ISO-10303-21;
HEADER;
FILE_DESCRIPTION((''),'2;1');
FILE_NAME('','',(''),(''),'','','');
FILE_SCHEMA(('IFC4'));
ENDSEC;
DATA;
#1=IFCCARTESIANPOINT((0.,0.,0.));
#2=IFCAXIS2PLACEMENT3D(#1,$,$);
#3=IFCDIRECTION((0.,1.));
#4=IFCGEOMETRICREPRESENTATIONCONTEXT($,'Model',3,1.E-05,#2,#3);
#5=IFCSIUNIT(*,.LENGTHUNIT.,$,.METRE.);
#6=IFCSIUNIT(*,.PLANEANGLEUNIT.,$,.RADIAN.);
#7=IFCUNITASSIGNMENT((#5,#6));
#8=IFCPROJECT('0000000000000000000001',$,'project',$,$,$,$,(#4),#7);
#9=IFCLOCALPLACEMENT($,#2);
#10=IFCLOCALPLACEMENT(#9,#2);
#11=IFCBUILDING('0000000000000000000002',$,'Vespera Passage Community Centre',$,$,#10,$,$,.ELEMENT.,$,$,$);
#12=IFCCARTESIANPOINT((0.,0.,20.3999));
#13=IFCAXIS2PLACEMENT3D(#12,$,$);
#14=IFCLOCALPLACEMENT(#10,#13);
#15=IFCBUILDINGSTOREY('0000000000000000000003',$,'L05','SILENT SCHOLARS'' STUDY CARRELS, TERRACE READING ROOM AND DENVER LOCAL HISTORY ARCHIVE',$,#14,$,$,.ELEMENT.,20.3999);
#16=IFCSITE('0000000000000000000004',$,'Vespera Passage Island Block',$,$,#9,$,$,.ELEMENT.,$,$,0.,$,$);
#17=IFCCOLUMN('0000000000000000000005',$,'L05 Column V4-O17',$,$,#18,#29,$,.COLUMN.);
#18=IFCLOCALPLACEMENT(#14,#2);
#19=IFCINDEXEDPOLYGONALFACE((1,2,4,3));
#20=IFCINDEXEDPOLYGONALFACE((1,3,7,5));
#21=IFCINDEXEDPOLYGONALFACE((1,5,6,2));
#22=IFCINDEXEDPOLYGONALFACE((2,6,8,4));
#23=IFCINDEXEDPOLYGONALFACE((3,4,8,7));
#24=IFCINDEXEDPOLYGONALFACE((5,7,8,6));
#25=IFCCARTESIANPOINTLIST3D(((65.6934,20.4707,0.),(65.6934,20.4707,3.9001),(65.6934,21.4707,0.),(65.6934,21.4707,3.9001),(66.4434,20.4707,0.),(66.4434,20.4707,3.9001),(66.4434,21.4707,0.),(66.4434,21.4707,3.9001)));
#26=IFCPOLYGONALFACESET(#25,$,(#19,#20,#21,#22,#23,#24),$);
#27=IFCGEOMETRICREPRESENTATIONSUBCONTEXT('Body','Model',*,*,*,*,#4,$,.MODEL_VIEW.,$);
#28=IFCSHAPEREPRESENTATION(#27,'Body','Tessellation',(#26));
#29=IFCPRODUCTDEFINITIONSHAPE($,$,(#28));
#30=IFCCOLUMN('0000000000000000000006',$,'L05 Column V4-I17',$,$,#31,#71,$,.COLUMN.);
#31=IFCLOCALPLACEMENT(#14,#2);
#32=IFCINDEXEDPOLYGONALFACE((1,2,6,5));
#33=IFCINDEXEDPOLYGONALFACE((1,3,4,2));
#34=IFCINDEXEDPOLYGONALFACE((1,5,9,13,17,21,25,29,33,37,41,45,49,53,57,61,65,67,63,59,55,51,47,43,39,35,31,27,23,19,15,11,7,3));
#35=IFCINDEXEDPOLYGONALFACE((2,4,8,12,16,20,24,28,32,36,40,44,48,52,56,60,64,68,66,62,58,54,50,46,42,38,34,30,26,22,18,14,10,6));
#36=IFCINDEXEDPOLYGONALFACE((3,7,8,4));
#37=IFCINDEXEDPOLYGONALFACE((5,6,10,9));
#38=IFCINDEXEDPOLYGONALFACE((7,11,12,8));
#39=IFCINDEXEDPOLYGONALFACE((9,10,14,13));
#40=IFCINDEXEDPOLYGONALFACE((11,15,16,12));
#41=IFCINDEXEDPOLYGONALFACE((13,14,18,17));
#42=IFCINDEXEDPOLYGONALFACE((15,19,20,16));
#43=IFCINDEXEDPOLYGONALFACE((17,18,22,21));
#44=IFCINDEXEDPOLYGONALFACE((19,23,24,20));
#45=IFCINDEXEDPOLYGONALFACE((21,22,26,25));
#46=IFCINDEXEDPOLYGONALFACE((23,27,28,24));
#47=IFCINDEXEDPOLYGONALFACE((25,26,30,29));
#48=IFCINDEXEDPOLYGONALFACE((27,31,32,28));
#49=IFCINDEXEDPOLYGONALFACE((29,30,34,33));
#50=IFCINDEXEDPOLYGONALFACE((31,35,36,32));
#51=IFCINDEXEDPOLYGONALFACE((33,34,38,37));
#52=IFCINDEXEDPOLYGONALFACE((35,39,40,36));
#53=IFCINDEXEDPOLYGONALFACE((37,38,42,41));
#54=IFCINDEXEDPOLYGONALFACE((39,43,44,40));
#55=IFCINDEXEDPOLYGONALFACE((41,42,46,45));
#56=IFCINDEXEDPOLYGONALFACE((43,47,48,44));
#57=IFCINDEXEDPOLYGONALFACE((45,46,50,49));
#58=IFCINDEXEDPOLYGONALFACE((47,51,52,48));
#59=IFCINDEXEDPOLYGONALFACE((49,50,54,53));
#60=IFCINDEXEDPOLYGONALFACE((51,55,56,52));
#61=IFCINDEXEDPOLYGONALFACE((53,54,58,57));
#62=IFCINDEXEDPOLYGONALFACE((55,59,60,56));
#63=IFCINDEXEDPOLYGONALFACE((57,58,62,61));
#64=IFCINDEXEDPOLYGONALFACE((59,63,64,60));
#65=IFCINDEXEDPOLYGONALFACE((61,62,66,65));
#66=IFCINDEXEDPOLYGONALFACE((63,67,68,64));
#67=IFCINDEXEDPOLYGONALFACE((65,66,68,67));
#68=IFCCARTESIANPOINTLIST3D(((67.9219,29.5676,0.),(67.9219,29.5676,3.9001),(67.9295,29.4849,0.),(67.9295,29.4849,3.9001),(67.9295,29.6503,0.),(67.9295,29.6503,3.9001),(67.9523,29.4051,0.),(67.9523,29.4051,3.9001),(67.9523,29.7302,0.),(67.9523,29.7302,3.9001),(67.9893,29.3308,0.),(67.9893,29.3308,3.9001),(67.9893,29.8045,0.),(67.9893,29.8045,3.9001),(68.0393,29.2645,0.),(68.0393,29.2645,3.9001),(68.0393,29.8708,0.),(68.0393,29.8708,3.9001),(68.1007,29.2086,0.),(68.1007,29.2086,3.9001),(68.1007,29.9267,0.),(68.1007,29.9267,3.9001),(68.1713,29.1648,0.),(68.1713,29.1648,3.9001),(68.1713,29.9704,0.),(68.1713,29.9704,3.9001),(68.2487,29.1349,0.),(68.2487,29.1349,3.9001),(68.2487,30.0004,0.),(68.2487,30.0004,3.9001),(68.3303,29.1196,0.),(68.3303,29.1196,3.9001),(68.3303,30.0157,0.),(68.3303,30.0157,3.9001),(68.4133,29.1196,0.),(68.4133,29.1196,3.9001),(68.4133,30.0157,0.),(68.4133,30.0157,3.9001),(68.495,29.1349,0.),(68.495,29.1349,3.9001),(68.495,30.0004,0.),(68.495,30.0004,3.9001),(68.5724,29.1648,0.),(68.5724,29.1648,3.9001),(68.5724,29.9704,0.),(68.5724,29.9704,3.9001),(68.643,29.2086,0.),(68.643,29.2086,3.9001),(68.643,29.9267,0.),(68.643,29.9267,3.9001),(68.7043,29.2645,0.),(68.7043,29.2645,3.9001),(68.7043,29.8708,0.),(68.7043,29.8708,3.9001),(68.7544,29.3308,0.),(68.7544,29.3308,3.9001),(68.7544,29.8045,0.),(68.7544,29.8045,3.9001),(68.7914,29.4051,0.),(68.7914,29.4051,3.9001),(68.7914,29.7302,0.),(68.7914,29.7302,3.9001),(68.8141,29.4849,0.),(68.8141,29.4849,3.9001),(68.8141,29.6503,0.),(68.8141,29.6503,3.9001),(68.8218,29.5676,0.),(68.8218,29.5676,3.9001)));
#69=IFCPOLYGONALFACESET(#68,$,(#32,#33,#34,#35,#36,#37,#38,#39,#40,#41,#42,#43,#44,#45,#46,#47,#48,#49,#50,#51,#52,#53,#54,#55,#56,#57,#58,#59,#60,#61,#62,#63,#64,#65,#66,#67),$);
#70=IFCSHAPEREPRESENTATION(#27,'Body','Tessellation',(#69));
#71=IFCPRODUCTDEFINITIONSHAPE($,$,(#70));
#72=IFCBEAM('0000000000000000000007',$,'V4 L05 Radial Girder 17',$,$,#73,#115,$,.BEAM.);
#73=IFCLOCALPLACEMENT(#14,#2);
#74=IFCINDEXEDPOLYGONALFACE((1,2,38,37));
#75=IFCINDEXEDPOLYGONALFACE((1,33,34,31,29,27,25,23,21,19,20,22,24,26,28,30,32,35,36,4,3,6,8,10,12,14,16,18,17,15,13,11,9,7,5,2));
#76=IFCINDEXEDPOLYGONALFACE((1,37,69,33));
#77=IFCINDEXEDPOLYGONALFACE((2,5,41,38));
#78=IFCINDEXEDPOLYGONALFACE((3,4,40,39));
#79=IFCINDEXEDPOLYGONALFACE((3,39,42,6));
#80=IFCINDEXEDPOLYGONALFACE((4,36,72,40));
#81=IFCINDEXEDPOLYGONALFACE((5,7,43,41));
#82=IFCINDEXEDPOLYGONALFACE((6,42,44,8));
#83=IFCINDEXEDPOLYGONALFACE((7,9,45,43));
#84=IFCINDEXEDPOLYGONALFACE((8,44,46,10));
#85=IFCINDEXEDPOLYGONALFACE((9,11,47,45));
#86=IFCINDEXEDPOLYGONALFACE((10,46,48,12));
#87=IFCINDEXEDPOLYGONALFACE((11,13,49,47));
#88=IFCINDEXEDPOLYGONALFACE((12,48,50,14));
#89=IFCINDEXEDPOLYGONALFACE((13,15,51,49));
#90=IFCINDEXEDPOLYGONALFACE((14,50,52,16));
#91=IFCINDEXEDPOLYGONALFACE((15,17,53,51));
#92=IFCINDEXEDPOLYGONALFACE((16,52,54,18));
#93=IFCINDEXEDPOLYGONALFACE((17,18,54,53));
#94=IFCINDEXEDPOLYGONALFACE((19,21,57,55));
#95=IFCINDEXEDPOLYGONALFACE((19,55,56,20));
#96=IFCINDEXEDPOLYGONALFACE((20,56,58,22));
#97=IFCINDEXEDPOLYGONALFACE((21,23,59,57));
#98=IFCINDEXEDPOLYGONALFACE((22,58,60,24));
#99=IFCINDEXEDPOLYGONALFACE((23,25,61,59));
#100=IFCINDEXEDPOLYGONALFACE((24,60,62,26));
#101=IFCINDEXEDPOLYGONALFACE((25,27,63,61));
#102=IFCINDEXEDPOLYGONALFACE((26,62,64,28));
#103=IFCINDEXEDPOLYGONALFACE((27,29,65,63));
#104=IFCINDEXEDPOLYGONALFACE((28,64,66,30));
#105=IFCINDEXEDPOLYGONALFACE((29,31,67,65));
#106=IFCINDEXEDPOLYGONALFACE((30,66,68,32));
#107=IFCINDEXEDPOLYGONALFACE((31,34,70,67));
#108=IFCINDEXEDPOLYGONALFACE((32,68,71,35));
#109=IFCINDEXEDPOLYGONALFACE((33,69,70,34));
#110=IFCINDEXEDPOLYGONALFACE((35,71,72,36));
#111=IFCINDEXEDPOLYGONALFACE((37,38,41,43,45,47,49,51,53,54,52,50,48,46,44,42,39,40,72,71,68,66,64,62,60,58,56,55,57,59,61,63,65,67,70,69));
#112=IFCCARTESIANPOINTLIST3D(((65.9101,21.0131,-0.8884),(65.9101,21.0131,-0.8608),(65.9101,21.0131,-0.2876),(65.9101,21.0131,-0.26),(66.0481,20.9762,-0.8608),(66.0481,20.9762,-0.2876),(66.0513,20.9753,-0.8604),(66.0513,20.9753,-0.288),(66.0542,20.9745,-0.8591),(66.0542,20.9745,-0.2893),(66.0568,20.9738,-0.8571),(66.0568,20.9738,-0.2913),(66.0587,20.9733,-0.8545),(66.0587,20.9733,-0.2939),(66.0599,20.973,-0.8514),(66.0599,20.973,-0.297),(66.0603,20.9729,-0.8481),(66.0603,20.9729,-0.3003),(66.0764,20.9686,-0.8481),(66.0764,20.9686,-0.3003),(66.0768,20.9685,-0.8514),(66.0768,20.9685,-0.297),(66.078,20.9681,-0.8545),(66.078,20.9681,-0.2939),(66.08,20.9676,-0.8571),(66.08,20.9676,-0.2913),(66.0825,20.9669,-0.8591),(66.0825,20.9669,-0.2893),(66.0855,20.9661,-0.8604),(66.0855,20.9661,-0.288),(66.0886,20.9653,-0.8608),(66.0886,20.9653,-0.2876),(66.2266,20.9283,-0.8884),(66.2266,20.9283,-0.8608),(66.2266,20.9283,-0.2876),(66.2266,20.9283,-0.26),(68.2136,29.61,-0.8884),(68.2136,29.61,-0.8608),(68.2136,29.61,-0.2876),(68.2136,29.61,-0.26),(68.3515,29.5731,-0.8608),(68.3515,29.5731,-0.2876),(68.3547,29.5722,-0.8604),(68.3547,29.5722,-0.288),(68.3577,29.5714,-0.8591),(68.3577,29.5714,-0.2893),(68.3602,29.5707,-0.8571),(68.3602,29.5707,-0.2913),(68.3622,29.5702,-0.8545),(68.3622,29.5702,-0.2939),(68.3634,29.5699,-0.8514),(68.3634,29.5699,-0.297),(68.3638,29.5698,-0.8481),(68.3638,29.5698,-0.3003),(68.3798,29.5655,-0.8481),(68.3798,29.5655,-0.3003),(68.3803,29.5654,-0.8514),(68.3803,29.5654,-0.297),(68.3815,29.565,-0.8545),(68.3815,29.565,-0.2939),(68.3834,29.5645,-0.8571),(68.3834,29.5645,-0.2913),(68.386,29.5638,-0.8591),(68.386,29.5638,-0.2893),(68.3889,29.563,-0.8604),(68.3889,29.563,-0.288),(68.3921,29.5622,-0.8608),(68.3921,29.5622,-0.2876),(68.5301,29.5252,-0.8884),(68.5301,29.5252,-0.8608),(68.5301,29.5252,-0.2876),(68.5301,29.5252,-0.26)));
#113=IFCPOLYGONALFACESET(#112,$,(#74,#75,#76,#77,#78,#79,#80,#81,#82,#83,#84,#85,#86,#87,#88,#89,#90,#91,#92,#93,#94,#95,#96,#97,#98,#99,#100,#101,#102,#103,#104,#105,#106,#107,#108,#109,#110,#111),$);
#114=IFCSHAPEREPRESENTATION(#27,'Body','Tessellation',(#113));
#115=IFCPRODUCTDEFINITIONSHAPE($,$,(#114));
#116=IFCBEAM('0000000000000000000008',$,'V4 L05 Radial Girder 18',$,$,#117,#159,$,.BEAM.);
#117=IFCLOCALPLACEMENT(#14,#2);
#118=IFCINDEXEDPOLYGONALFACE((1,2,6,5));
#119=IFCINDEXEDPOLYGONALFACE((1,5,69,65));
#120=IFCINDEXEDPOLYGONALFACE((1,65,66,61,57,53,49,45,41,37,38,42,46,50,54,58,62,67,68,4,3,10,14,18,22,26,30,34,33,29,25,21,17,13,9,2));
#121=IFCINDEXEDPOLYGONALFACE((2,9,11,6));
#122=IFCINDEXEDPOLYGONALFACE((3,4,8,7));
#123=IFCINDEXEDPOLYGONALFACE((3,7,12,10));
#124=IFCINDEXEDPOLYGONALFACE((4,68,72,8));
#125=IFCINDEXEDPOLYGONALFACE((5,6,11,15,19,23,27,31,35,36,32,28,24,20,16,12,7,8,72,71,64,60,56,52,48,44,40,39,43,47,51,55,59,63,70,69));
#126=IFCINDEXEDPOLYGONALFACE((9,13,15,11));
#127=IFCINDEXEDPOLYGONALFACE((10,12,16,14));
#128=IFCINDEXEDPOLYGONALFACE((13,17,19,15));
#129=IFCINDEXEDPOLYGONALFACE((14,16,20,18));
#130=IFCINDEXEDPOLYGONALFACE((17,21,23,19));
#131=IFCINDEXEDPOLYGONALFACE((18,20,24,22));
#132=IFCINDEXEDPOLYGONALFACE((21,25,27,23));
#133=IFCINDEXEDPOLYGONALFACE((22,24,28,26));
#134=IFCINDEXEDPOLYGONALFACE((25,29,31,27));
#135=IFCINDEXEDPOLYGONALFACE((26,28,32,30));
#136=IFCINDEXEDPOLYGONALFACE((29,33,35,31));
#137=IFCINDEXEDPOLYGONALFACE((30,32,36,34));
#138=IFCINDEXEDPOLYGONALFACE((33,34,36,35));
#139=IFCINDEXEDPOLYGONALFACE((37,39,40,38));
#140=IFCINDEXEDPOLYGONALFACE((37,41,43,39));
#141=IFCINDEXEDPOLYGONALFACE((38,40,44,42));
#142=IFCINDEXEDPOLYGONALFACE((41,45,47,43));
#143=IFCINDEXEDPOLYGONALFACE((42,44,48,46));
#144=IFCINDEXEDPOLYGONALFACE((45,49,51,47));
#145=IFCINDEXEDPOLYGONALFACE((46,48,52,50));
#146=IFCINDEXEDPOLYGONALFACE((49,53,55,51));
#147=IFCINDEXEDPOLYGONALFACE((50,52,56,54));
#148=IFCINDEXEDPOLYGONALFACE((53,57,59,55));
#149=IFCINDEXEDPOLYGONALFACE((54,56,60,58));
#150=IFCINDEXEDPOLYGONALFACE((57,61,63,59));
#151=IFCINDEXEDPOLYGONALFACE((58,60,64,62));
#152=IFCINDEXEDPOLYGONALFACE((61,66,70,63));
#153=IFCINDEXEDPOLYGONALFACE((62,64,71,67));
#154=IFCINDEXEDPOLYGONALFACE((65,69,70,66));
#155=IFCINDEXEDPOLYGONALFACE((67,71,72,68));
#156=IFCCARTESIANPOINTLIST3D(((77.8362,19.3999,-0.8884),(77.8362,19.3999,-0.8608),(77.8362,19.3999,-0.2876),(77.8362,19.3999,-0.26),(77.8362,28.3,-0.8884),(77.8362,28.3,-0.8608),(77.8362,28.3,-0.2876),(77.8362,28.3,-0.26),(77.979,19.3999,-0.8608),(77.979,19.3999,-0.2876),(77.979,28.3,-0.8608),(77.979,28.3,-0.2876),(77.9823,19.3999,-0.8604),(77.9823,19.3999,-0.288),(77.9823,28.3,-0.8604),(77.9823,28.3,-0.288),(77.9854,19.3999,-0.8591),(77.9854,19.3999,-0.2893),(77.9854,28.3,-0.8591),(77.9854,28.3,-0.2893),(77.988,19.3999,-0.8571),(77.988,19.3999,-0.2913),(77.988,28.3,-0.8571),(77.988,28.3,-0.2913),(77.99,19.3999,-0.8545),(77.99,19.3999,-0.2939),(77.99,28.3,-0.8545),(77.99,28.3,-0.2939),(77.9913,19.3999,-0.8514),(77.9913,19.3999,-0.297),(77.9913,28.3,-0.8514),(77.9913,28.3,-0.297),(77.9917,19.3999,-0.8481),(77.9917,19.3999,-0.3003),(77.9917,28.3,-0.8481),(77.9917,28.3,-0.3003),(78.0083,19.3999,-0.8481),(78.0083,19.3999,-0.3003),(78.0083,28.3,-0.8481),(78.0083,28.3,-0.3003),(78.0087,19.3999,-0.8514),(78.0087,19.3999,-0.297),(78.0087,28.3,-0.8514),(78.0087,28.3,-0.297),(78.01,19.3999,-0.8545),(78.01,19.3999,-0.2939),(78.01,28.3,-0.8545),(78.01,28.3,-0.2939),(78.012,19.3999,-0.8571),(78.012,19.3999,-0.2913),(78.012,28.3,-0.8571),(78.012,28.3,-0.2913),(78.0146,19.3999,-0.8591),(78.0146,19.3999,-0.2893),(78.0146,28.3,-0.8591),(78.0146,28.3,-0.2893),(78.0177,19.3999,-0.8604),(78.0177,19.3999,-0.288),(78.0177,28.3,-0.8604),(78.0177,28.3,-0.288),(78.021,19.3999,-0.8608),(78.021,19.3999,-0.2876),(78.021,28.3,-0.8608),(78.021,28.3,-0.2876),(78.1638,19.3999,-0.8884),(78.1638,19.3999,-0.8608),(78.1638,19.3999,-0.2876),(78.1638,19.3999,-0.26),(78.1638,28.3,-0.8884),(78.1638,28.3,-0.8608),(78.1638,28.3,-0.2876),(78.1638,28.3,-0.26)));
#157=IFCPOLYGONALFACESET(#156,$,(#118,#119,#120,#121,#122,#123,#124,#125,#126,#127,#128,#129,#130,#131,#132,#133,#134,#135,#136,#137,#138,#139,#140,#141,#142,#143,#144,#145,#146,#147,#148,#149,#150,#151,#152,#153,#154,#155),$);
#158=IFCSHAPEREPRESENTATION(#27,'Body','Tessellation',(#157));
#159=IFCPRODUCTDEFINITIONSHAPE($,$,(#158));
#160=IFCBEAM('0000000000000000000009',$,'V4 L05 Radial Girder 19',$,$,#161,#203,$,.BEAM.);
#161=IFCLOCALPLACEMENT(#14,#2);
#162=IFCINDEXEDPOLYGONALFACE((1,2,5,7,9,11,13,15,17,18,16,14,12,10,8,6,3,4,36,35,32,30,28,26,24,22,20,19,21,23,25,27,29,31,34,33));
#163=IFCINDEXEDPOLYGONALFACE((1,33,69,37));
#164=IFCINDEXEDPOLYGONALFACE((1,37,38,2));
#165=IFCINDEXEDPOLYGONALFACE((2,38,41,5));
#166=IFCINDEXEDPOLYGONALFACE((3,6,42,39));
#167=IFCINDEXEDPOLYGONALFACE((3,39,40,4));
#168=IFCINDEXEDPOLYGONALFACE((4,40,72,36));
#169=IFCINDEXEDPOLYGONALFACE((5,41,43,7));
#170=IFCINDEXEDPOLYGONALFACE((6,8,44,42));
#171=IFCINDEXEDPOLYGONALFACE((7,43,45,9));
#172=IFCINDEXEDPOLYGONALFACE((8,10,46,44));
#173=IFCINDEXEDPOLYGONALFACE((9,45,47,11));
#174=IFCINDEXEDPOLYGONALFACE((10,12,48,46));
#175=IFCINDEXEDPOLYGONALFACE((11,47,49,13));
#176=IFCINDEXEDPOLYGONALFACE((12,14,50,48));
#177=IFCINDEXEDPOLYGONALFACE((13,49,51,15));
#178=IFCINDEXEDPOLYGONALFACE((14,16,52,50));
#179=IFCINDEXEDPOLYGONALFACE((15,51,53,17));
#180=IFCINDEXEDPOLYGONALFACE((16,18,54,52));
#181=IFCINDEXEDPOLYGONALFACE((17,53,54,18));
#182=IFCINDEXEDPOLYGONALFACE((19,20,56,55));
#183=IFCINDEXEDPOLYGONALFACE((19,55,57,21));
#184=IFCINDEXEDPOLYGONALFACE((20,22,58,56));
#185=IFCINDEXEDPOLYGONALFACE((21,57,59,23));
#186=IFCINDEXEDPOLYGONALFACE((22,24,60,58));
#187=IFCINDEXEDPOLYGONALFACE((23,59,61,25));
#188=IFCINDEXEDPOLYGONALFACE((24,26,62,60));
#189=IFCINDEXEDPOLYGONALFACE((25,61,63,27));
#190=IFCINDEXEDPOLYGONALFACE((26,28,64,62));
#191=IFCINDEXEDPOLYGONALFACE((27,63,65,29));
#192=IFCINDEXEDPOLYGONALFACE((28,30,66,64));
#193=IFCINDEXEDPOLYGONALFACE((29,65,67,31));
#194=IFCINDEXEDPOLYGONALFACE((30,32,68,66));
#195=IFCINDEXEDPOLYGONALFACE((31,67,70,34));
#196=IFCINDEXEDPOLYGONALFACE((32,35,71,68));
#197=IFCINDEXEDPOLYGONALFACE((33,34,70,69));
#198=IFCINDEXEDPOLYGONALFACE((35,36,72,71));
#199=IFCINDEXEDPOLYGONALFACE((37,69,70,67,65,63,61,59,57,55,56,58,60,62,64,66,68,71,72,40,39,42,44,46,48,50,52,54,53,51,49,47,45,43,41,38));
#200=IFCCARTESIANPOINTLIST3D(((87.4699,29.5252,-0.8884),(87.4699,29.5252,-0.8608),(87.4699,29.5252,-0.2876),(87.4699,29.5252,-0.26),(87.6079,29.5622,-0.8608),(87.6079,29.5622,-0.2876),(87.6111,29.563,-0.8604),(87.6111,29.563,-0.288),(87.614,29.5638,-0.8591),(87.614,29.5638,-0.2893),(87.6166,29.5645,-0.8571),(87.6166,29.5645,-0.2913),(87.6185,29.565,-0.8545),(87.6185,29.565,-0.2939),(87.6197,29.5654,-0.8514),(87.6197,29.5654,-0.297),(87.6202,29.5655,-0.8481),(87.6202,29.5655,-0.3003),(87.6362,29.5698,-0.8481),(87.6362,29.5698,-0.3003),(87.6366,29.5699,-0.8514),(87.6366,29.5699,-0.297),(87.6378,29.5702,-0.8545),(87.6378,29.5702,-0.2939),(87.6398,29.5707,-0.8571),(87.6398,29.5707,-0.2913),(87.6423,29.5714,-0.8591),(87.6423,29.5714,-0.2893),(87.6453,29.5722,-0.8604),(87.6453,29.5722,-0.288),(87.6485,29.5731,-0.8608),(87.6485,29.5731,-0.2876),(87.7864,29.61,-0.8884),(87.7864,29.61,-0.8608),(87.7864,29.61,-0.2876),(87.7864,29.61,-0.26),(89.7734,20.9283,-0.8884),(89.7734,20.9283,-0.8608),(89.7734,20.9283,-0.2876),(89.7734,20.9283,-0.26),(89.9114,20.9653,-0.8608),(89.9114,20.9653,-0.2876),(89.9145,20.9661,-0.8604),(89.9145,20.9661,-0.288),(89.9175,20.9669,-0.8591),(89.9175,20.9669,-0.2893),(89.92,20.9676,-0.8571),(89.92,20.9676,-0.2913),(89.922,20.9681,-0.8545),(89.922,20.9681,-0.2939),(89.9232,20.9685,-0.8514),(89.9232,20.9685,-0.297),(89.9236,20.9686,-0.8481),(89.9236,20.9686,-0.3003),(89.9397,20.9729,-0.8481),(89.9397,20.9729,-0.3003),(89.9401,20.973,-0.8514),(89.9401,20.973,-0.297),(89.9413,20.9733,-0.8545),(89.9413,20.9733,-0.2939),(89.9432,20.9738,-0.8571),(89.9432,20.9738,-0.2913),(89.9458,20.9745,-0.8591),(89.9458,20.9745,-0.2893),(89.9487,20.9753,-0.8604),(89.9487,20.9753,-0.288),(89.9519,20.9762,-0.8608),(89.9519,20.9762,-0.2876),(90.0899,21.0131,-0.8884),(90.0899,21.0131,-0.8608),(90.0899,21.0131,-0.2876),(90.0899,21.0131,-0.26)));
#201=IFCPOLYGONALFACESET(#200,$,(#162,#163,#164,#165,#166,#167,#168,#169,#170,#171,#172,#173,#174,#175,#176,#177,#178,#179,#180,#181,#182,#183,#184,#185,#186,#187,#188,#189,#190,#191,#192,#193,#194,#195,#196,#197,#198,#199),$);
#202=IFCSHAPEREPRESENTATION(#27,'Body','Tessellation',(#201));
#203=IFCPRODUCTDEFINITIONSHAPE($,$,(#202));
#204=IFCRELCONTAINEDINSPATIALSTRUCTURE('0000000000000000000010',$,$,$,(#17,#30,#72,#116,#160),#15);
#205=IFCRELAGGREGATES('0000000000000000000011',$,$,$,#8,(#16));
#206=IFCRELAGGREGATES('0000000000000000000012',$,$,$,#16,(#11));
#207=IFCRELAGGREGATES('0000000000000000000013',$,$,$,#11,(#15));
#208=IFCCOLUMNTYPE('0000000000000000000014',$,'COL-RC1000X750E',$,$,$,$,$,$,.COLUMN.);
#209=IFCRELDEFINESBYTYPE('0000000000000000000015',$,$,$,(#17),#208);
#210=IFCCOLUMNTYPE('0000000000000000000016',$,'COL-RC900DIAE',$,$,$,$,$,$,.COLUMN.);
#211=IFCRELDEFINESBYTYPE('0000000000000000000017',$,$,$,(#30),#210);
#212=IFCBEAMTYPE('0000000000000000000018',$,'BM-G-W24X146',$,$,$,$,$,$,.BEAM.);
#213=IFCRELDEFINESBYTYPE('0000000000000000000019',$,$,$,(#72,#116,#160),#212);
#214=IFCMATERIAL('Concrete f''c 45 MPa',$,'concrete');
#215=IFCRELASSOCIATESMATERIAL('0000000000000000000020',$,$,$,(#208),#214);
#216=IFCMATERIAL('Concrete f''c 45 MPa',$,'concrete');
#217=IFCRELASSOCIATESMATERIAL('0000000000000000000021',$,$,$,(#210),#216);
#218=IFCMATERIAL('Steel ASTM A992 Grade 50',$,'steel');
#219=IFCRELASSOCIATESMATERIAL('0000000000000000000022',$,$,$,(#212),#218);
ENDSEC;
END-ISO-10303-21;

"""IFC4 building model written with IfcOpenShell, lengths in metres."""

from ifc_helpers import new_model, si_unit, direction, frame, origin, origin_2d, place, context, subcontext, project, spatial, rectangle, circle, i_section, extrude, material, material_profile, profile_set, type_object, element, save


model = new_model("IFC4")

# Units and contexts
model_context = context("Model", 3, precision=1e-05, world=origin(), true_north=direction((0.0, 1.0)))
body_context = subcontext(model_context, "Body", "Model", "MODEL_VIEW")
ifc_project = project(units=[si_unit("LENGTHUNIT", "METRE"), si_unit("PLANEANGLEUNIT", "RADIAN")], contexts=[model_context])

# Site, building, storey
site_placement = place(None, origin())
site = spatial("IfcSite", under=ifc_project, at=site_placement, Name="Vespera Passage Island Block", CompositionType="ELEMENT", RefElevation=0.0)
building_placement = place(site_placement, origin())
building = spatial("IfcBuilding", under=site, at=building_placement, Name="Vespera Passage Community Centre", CompositionType="ELEMENT")
storey_placement = place(building_placement, frame((0.0, 0.0, 20.3999)))
storey = spatial("IfcBuildingStorey", under=building, at=storey_placement, Name="L05", Description="SILENT SCHOLARS' STUDY CARRELS, TERRACE READING ROOM AND DENVER LOCAL HISTORY ARCHIVE", CompositionType="ELEMENT", Elevation=20.3999)

# Columns
ifc_material_1 = material(Name="Concrete f'c 45 MPa", Category="concrete")
ifc_material_profile_1 = material_profile(ifc_material_1, rectangle(XDim=0.75, YDim=1.0, at=origin_2d()), Name="RC1000X750")
ifc_profile_set_1 = profile_set([ifc_material_profile_1], Name="Concrete f'c 45 MPa")
column_type_1 = type_object("IfcColumnType", Name="COL-RC1000X750E", PredefinedType="COLUMN", material=ifc_profile_set_1)
column_1_placement = place(storey_placement, frame((66.0684, 20.9707, 0.0), z_axis=(0.0, 0.0, 1.0), x_axis=(1.0, 0.0, 0.0)))
element("IfcColumn", 1, at=column_1_placement, inside=storey, type_object=column_type_1, Name="L05 Column V4-O17", PredefinedType="COLUMN", context=body_context, shape_type="SweptSolid", body=[
    extrude(rectangle(XDim=0.75, YDim=1.0, at=origin_2d()), origin(), (0.0, 0.0, 1.0), 3.9001),
])
ifc_material_2 = material(Name="Concrete f'c 45 MPa", Category="concrete")
ifc_material_profile_2 = material_profile(ifc_material_2, circle(Radius=0.45, at=origin_2d()), Name="RC900DIA")
ifc_profile_set_2 = profile_set([ifc_material_profile_2], Name="Concrete f'c 45 MPa")
column_type_2 = type_object("IfcColumnType", Name="COL-RC900DIAE", PredefinedType="COLUMN", material=ifc_profile_set_2)
column_2_placement = place(storey_placement, frame((68.3718, 29.5676, 0.0), z_axis=(0.0, 0.0, 1.0), x_axis=(1.0, 0.0, 0.0)))
element("IfcColumn", 2, at=column_2_placement, inside=storey, type_object=column_type_2, Name="L05 Column V4-I17", PredefinedType="COLUMN", context=body_context, shape_type="SweptSolid", body=[
    extrude(circle(Radius=0.45, at=origin_2d()), origin(), (0.0, 0.0, 1.0), 3.9001),
])

# Beams
ifc_material_3 = material(Name="Steel ASTM A992 Grade 50", Category="steel")
ifc_material_profile_3 = material_profile(ifc_material_3, i_section(OverallWidth=0.3276, OverallDepth=0.6284, WebThickness=0.0166, FlangeThickness=0.0276, FilletRadius=0.0127, at=origin_2d()), Name="W24X146")
ifc_profile_set_3 = profile_set([ifc_material_profile_3], Name="Steel ASTM A992 Grade 50")
beam_type_1 = type_object("IfcBeamType", Name="BM-G-W24X146", PredefinedType="BEAM", material=ifc_profile_set_3)
for number, where, z_axis, x_axis, name in (
    (3, (68.3718, 29.5676, -0.5742), (-0.258811, -0.965928, 0.0), (0.965928, -0.258811, 0.0), "V4 L05 Radial Girder 17"),
    (4, (78.0, 28.3, -0.5742), (0.0, -1.0, 0.0), (1.0, 0.0, 0.0), "V4 L05 Radial Girder 18"),
    (5, (87.6282, 29.5676, -0.5742), (0.258811, -0.965928, 0.0), (0.965928, 0.258811, 0.0), "V4 L05 Radial Girder 19"),
):
    element("IfcBeam", number, at=place(storey_placement, frame(where, z_axis=z_axis, x_axis=x_axis)), inside=storey, type_object=beam_type_1, Name=name, PredefinedType="BEAM", context=body_context, shape_type="SweptSolid", body=[
        extrude(i_section(OverallWidth=0.3276, OverallDepth=0.6284, WebThickness=0.0166, FlangeThickness=0.0276, FilletRadius=0.0127, at=origin_2d()), origin(), (0.0, 0.0, 1.0), 8.9001),
    ])

save(model, "model.ifc")
